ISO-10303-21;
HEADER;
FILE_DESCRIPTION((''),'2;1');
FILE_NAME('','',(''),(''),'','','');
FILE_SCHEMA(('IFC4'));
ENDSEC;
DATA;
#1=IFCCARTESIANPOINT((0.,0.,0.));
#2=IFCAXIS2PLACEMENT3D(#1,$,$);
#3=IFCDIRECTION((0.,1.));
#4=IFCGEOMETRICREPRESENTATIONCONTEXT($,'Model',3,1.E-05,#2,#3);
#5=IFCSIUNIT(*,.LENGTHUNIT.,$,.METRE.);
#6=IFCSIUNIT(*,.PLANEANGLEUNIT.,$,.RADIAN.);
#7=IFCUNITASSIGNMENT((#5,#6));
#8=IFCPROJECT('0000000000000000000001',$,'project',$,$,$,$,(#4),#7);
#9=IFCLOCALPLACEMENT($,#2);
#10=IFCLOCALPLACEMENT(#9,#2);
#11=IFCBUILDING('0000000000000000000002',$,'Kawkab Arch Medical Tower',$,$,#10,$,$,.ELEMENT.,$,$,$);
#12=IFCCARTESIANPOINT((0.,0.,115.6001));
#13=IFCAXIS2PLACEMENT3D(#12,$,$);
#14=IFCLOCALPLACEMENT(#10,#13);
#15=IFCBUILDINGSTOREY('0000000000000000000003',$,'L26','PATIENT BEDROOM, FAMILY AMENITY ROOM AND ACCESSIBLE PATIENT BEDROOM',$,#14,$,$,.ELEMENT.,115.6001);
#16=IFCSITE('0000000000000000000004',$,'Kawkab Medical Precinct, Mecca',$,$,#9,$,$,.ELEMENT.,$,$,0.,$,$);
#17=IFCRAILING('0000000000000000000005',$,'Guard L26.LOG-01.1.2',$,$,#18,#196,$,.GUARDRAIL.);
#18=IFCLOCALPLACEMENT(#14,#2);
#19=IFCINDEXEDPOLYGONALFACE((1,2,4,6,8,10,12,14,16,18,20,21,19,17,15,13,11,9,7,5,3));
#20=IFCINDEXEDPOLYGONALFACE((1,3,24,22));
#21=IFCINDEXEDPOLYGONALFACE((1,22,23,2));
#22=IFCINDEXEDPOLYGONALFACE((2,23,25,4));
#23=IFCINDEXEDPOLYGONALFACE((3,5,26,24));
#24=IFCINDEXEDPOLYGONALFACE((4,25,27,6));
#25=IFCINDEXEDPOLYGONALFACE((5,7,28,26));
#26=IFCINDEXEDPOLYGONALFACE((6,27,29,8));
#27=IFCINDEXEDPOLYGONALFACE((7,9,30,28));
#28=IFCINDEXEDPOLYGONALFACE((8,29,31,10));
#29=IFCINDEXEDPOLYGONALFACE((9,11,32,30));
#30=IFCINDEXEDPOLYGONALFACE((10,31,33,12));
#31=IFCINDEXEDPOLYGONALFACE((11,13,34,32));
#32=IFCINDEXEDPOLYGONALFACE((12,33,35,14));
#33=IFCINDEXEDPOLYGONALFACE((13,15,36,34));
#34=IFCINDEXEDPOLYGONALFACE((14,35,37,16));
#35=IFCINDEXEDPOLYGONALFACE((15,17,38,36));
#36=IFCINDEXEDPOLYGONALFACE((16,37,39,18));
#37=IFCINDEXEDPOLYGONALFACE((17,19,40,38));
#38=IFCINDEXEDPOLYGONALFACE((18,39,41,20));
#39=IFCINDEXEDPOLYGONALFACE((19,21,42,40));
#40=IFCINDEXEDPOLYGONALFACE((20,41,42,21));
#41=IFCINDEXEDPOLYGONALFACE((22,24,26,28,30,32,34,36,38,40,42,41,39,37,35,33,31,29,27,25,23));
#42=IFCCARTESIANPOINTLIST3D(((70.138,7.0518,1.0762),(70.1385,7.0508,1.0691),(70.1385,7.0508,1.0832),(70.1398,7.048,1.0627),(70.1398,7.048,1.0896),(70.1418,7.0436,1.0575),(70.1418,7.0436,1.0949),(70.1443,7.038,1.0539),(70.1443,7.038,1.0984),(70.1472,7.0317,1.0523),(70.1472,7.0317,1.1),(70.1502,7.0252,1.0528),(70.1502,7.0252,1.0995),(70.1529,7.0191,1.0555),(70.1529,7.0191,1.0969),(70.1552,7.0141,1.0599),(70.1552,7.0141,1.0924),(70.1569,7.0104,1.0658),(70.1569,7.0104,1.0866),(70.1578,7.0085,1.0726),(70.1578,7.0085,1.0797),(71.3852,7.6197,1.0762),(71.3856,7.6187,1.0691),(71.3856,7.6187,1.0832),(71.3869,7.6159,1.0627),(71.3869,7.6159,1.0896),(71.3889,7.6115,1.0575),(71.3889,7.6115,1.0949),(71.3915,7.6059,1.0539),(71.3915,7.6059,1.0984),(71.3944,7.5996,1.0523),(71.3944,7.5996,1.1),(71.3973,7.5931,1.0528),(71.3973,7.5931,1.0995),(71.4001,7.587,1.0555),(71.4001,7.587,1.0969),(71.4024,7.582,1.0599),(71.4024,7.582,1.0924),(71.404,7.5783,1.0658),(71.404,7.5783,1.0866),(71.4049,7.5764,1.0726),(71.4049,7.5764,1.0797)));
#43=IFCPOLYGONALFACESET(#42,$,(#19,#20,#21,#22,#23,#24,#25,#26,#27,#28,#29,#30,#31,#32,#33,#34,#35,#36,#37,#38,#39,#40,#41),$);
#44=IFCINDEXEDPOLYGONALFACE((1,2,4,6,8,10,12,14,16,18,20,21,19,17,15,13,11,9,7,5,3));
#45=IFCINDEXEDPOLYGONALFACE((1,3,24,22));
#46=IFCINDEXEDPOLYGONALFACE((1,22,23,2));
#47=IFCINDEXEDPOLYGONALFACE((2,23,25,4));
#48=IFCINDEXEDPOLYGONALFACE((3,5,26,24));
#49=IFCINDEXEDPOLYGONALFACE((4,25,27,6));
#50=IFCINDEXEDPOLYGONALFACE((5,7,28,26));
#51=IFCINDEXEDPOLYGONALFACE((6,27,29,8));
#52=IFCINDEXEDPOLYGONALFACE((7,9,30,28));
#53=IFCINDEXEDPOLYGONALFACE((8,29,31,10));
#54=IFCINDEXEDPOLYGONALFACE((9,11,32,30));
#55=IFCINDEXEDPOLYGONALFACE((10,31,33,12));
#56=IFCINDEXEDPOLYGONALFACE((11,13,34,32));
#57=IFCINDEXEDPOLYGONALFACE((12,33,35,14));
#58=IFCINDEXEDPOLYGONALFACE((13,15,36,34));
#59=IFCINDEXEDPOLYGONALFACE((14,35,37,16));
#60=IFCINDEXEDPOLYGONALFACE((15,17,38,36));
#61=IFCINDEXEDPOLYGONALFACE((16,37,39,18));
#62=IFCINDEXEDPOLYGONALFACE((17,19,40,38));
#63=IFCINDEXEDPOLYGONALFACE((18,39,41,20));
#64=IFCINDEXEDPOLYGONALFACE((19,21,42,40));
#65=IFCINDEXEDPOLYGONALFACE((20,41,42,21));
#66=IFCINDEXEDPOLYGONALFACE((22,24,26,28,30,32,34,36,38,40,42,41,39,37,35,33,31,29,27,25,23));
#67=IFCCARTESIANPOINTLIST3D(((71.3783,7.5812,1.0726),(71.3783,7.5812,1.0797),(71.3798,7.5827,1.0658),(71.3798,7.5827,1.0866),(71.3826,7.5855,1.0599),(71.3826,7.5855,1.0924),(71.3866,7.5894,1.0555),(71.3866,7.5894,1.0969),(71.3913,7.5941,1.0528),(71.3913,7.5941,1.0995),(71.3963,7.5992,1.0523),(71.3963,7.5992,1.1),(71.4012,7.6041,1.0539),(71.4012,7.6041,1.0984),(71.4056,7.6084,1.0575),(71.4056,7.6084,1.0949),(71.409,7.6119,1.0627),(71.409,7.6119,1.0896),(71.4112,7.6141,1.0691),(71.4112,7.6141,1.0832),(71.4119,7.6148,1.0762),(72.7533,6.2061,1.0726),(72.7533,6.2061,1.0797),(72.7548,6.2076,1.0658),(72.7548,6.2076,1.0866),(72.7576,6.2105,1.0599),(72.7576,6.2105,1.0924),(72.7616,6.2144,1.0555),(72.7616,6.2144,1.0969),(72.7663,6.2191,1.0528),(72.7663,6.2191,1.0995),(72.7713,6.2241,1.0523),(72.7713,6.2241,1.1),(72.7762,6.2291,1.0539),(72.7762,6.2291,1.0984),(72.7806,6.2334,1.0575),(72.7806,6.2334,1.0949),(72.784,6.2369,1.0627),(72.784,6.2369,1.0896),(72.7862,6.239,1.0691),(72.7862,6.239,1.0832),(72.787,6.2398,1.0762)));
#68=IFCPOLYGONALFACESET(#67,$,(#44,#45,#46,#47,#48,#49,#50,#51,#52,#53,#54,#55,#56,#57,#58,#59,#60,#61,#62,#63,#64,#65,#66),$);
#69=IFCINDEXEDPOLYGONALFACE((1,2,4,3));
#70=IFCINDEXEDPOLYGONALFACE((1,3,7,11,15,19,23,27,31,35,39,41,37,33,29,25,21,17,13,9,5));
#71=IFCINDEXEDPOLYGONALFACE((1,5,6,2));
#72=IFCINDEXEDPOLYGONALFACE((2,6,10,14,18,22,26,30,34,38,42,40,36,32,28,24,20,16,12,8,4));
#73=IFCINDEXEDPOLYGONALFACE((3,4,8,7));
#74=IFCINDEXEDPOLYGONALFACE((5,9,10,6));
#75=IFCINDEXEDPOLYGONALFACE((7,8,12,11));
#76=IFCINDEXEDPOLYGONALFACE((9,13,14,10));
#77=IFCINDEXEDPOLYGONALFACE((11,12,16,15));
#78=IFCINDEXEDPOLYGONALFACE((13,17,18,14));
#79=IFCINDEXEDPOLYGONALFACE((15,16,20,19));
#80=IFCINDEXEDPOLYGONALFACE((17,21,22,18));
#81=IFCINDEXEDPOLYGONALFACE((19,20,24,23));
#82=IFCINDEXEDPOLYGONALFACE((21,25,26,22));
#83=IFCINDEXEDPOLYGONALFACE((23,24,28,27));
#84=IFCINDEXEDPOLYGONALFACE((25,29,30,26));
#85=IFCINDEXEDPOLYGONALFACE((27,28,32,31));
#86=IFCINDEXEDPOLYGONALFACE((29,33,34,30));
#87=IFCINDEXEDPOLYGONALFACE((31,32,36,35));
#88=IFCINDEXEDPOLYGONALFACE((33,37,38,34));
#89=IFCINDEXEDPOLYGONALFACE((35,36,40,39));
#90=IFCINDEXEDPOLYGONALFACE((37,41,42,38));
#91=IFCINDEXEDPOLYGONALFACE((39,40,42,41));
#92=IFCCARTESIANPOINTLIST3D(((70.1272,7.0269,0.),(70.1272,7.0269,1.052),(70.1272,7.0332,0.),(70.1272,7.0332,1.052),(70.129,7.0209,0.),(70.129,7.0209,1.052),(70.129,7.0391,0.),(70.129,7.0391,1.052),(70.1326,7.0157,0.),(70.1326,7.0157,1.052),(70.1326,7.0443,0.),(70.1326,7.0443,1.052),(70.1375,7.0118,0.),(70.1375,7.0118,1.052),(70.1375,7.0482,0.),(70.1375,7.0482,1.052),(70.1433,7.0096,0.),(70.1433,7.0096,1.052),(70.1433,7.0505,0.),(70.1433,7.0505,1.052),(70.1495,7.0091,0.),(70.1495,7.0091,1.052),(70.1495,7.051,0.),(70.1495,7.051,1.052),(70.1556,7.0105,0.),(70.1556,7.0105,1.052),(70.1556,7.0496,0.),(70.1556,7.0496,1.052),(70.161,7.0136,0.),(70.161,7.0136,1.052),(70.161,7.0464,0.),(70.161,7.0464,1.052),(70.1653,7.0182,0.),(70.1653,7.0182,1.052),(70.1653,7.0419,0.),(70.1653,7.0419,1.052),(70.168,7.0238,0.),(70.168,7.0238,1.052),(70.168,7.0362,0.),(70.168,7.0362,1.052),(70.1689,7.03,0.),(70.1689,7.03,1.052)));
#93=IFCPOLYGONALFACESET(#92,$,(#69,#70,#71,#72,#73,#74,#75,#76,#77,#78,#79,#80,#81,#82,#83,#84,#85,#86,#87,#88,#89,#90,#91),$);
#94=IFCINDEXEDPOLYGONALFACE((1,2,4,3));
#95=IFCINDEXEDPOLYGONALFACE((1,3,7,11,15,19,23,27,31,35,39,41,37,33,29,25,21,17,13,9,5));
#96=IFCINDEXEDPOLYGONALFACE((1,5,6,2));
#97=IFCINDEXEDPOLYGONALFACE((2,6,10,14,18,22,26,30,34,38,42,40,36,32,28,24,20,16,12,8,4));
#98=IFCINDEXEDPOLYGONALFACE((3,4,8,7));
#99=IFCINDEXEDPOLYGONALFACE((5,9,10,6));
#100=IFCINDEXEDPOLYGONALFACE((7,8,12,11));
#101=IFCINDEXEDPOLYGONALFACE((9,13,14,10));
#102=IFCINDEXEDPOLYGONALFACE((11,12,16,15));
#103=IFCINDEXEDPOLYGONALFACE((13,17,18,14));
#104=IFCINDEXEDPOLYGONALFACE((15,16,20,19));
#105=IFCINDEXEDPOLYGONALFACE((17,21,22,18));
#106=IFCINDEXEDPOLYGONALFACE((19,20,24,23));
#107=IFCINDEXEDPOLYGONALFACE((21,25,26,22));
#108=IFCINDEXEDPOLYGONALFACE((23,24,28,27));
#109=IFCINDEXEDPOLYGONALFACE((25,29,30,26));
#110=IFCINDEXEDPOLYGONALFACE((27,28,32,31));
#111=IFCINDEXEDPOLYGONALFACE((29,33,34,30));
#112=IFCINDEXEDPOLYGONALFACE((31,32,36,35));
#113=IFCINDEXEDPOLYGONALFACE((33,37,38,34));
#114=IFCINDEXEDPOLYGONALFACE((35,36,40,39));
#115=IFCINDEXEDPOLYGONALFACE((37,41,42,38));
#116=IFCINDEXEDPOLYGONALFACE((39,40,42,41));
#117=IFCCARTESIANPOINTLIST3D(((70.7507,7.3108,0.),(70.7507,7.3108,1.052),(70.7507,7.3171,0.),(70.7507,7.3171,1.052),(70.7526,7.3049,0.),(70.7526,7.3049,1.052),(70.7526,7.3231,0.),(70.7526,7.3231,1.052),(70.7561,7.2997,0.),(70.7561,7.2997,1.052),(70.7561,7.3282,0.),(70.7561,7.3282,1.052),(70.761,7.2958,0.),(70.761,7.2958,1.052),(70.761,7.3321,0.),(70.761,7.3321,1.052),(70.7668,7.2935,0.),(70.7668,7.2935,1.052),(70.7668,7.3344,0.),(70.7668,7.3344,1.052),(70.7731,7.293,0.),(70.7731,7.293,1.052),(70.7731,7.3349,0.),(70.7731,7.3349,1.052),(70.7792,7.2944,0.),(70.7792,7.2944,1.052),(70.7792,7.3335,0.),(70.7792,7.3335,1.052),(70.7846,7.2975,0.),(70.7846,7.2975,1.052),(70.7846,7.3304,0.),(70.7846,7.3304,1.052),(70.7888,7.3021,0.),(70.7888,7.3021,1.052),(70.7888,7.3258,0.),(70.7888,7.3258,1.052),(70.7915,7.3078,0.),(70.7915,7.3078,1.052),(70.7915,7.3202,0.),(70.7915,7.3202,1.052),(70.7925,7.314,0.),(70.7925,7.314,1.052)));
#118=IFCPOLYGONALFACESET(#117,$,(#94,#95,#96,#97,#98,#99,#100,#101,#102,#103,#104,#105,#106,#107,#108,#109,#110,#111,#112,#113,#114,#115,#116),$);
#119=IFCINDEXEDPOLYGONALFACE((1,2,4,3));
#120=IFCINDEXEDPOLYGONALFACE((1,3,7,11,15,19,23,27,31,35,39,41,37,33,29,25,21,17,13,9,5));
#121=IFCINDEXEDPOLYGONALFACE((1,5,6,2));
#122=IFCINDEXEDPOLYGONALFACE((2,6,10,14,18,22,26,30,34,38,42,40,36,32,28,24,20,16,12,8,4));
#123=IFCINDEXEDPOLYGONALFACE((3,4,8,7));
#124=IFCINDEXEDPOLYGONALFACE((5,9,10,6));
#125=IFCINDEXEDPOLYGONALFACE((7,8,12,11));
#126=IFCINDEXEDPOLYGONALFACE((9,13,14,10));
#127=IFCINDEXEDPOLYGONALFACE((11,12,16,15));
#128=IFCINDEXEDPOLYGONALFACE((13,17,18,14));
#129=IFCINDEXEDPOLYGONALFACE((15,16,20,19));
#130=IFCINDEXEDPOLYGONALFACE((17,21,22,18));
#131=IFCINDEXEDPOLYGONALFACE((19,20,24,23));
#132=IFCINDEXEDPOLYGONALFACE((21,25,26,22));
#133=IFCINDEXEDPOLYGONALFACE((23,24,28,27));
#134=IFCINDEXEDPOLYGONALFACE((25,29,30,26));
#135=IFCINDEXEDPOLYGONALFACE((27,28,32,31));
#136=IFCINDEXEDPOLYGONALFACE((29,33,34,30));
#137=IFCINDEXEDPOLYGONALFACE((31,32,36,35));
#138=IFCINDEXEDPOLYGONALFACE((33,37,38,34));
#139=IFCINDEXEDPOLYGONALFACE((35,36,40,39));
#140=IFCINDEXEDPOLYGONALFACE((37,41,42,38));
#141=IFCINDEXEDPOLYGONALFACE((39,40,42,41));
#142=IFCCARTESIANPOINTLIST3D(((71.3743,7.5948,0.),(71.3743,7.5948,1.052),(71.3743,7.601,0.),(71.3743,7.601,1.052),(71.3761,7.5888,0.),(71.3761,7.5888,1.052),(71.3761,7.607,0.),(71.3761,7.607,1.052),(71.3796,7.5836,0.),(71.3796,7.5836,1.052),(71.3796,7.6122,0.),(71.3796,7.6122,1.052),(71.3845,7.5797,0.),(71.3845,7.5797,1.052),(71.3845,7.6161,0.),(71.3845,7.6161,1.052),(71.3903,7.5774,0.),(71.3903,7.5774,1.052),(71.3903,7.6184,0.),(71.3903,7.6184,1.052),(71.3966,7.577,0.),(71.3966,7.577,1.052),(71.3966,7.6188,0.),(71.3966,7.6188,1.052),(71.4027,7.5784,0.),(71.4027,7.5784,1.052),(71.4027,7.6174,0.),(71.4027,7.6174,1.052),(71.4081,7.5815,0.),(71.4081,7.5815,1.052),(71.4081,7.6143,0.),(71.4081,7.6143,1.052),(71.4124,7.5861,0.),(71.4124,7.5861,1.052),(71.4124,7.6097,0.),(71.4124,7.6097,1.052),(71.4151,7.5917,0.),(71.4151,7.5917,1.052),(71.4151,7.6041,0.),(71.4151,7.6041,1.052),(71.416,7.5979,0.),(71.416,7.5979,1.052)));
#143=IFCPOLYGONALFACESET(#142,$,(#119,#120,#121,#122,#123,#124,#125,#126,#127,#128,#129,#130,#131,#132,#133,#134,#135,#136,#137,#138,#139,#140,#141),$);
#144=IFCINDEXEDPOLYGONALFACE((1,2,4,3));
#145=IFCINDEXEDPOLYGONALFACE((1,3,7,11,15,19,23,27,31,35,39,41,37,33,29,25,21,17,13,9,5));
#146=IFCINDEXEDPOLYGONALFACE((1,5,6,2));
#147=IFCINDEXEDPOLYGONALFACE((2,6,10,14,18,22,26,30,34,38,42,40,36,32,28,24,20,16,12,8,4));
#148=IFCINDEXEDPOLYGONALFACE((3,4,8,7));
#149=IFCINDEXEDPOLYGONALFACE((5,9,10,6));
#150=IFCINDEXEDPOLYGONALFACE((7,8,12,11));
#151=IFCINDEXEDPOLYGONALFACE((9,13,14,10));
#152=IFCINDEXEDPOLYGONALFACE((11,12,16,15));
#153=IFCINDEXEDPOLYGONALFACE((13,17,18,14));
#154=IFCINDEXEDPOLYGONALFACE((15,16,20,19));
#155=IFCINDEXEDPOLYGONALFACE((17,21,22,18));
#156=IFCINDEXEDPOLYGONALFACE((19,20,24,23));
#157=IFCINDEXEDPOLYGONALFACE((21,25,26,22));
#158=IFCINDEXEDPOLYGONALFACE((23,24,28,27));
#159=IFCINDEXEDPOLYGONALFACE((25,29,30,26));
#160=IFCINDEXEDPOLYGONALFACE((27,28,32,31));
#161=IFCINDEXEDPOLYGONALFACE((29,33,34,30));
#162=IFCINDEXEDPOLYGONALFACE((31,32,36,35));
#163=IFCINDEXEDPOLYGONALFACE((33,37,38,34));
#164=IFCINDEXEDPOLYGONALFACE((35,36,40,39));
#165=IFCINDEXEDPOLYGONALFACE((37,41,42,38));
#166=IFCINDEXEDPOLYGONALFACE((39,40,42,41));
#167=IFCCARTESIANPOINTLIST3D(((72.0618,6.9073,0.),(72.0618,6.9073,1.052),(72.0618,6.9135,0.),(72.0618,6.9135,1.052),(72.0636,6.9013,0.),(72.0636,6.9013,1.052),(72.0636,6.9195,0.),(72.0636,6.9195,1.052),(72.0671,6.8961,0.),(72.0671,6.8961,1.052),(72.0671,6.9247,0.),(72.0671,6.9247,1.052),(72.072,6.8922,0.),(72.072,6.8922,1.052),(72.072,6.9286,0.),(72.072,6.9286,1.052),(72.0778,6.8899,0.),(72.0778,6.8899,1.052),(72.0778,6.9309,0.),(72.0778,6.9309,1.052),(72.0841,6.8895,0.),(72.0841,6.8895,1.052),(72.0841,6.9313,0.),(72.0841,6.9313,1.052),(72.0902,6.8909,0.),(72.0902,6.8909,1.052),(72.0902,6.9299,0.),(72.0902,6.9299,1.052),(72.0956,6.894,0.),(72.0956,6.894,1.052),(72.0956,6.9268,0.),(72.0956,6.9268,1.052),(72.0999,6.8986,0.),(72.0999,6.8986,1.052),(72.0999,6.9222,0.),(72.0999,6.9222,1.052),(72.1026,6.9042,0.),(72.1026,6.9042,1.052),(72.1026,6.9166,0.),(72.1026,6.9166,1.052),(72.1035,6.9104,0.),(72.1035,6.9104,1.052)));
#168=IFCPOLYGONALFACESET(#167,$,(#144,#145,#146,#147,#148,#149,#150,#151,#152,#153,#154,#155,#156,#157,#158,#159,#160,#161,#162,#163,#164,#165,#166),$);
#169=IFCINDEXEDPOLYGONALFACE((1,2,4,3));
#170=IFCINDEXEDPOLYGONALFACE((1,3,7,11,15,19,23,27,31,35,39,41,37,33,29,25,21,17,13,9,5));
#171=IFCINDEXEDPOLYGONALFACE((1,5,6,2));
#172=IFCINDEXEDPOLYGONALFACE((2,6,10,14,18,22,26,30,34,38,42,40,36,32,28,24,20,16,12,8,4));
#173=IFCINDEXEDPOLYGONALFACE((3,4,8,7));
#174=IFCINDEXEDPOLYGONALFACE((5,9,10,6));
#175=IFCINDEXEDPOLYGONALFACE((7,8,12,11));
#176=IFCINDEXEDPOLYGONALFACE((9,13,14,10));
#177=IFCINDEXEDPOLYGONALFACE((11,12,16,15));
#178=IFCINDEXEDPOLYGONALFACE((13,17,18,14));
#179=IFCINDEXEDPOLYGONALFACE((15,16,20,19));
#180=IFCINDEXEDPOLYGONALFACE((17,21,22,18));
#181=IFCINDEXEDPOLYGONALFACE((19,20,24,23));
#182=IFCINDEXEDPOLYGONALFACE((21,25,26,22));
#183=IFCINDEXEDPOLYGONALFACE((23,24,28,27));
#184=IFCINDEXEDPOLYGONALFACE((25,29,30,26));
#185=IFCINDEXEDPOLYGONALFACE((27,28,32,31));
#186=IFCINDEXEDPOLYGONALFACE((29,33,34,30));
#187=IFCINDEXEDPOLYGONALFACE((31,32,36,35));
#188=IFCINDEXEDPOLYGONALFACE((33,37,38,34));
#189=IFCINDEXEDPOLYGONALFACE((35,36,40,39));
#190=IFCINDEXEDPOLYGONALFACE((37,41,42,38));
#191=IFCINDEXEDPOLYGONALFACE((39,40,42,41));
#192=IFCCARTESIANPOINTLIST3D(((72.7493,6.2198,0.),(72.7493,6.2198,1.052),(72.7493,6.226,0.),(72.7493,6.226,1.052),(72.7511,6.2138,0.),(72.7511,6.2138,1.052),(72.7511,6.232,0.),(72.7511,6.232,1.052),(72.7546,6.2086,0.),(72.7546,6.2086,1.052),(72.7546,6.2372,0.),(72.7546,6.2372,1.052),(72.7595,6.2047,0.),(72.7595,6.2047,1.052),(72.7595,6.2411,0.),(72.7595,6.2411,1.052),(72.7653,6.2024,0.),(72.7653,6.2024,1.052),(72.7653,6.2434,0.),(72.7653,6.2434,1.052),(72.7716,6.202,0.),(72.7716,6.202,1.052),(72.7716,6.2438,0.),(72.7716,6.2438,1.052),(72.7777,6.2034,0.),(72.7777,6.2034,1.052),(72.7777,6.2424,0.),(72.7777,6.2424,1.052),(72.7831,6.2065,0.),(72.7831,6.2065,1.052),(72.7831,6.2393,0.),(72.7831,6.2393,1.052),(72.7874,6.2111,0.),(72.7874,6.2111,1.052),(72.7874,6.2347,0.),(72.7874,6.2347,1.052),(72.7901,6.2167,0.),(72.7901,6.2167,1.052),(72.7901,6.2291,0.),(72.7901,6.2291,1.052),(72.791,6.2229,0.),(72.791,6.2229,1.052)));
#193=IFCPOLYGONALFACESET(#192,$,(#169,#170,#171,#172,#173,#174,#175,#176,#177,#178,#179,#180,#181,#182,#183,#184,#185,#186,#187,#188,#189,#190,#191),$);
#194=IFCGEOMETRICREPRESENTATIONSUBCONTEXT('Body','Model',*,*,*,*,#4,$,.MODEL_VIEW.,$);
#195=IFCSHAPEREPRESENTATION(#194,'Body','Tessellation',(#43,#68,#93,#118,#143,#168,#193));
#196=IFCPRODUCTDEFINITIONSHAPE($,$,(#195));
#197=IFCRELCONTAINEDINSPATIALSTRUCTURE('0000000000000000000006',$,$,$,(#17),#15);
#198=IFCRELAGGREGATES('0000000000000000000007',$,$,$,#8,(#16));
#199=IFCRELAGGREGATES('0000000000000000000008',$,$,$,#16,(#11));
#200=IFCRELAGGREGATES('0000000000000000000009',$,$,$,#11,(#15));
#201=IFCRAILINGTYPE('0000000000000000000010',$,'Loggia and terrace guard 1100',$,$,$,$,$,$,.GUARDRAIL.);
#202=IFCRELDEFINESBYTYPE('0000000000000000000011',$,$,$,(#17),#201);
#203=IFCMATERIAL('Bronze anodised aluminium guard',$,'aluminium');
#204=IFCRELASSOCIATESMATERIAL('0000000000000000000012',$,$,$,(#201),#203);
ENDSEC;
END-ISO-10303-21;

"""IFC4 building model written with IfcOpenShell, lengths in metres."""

from ifc_helpers import new_model, si_unit, direction, frame, origin, origin_2d, place, context, subcontext, project, spatial, circle, extrude, material, type_object, element, save


model = new_model("IFC4")

# Units and contexts
model_context = context("Model", 3, precision=1e-05, world=origin(), true_north=direction((0.0, 1.0)))
body_context = subcontext(model_context, "Body", "Model", "MODEL_VIEW")
ifc_project = project(units=[si_unit("LENGTHUNIT", "METRE"), si_unit("PLANEANGLEUNIT", "RADIAN")], contexts=[model_context])

# Site, building, storey
site_placement = place(None, origin())
site = spatial("IfcSite", under=ifc_project, at=site_placement, Name="Kawkab Medical Precinct, Mecca", CompositionType="ELEMENT", RefElevation=0.0)
building_placement = place(site_placement, origin())
building = spatial("IfcBuilding", under=site, at=building_placement, Name="Kawkab Arch Medical Tower", CompositionType="ELEMENT")
storey_placement = place(building_placement, frame((0.0, 0.0, 115.6001)))
storey = spatial("IfcBuildingStorey", under=building, at=storey_placement, Name="L26", Description="PATIENT BEDROOM, FAMILY AMENITY ROOM AND ACCESSIBLE PATIENT BEDROOM", CompositionType="ELEMENT", Elevation=115.6001)

# Railing
ifc_material_1 = material(Name="Bronze anodised aluminium guard", Category="aluminium")
railing_type_1 = type_object("IfcRailingType", Name="Loggia and terrace guard 1100", PredefinedType="GUARDRAIL", material=ifc_material_1)
railing_1_placement = place(storey_placement, frame((70.1479, 7.03, 0.0)))
element("IfcRailing", 1, at=railing_1_placement, inside=storey, type_object=railing_type_1, Name="Guard L26.LOG-01.1.2", PredefinedType="GUARDRAIL", context=body_context, shape_type="SweptSolid", body=[
    extrude(circle(Radius=0.0239, at=origin_2d()), frame((0.0, 0.0, 1.0762), z_axis=(0.910086, 0.41442, 0.0), x_axis=(-0.41442, 0.910086, 0.0)), (0.0, 0.0, 1.0), 1.3704),
    extrude(circle(Radius=0.0239, at=origin_2d()), frame((1.2471, 0.5679, 1.0762), z_axis=(0.707107, -0.707107, 0.0), x_axis=(0.707107, 0.707107, 0.0)), (0.0, 0.0, 1.0), 1.9446),
    extrude(circle(Radius=0.021, at=origin_2d()), origin(), (0.0, 0.0, 1.0), 1.052),
    extrude(circle(Radius=0.021, at=origin_2d()), frame((0.6235, 0.2839, 0.0)), (0.0, 0.0, 1.0), 1.052),
    extrude(circle(Radius=0.021, at=origin_2d()), frame((1.2471, 0.5679, 0.0)), (0.0, 0.0, 1.0), 1.052),
    extrude(circle(Radius=0.021, at=origin_2d()), frame((1.9346, -0.1196, 0.0)), (0.0, 0.0, 1.0), 1.052),
    extrude(circle(Radius=0.021, at=origin_2d()), frame((2.6221, -0.8071, 0.0)), (0.0, 0.0, 1.0), 1.052),
])

save(model, "model.ifc")
